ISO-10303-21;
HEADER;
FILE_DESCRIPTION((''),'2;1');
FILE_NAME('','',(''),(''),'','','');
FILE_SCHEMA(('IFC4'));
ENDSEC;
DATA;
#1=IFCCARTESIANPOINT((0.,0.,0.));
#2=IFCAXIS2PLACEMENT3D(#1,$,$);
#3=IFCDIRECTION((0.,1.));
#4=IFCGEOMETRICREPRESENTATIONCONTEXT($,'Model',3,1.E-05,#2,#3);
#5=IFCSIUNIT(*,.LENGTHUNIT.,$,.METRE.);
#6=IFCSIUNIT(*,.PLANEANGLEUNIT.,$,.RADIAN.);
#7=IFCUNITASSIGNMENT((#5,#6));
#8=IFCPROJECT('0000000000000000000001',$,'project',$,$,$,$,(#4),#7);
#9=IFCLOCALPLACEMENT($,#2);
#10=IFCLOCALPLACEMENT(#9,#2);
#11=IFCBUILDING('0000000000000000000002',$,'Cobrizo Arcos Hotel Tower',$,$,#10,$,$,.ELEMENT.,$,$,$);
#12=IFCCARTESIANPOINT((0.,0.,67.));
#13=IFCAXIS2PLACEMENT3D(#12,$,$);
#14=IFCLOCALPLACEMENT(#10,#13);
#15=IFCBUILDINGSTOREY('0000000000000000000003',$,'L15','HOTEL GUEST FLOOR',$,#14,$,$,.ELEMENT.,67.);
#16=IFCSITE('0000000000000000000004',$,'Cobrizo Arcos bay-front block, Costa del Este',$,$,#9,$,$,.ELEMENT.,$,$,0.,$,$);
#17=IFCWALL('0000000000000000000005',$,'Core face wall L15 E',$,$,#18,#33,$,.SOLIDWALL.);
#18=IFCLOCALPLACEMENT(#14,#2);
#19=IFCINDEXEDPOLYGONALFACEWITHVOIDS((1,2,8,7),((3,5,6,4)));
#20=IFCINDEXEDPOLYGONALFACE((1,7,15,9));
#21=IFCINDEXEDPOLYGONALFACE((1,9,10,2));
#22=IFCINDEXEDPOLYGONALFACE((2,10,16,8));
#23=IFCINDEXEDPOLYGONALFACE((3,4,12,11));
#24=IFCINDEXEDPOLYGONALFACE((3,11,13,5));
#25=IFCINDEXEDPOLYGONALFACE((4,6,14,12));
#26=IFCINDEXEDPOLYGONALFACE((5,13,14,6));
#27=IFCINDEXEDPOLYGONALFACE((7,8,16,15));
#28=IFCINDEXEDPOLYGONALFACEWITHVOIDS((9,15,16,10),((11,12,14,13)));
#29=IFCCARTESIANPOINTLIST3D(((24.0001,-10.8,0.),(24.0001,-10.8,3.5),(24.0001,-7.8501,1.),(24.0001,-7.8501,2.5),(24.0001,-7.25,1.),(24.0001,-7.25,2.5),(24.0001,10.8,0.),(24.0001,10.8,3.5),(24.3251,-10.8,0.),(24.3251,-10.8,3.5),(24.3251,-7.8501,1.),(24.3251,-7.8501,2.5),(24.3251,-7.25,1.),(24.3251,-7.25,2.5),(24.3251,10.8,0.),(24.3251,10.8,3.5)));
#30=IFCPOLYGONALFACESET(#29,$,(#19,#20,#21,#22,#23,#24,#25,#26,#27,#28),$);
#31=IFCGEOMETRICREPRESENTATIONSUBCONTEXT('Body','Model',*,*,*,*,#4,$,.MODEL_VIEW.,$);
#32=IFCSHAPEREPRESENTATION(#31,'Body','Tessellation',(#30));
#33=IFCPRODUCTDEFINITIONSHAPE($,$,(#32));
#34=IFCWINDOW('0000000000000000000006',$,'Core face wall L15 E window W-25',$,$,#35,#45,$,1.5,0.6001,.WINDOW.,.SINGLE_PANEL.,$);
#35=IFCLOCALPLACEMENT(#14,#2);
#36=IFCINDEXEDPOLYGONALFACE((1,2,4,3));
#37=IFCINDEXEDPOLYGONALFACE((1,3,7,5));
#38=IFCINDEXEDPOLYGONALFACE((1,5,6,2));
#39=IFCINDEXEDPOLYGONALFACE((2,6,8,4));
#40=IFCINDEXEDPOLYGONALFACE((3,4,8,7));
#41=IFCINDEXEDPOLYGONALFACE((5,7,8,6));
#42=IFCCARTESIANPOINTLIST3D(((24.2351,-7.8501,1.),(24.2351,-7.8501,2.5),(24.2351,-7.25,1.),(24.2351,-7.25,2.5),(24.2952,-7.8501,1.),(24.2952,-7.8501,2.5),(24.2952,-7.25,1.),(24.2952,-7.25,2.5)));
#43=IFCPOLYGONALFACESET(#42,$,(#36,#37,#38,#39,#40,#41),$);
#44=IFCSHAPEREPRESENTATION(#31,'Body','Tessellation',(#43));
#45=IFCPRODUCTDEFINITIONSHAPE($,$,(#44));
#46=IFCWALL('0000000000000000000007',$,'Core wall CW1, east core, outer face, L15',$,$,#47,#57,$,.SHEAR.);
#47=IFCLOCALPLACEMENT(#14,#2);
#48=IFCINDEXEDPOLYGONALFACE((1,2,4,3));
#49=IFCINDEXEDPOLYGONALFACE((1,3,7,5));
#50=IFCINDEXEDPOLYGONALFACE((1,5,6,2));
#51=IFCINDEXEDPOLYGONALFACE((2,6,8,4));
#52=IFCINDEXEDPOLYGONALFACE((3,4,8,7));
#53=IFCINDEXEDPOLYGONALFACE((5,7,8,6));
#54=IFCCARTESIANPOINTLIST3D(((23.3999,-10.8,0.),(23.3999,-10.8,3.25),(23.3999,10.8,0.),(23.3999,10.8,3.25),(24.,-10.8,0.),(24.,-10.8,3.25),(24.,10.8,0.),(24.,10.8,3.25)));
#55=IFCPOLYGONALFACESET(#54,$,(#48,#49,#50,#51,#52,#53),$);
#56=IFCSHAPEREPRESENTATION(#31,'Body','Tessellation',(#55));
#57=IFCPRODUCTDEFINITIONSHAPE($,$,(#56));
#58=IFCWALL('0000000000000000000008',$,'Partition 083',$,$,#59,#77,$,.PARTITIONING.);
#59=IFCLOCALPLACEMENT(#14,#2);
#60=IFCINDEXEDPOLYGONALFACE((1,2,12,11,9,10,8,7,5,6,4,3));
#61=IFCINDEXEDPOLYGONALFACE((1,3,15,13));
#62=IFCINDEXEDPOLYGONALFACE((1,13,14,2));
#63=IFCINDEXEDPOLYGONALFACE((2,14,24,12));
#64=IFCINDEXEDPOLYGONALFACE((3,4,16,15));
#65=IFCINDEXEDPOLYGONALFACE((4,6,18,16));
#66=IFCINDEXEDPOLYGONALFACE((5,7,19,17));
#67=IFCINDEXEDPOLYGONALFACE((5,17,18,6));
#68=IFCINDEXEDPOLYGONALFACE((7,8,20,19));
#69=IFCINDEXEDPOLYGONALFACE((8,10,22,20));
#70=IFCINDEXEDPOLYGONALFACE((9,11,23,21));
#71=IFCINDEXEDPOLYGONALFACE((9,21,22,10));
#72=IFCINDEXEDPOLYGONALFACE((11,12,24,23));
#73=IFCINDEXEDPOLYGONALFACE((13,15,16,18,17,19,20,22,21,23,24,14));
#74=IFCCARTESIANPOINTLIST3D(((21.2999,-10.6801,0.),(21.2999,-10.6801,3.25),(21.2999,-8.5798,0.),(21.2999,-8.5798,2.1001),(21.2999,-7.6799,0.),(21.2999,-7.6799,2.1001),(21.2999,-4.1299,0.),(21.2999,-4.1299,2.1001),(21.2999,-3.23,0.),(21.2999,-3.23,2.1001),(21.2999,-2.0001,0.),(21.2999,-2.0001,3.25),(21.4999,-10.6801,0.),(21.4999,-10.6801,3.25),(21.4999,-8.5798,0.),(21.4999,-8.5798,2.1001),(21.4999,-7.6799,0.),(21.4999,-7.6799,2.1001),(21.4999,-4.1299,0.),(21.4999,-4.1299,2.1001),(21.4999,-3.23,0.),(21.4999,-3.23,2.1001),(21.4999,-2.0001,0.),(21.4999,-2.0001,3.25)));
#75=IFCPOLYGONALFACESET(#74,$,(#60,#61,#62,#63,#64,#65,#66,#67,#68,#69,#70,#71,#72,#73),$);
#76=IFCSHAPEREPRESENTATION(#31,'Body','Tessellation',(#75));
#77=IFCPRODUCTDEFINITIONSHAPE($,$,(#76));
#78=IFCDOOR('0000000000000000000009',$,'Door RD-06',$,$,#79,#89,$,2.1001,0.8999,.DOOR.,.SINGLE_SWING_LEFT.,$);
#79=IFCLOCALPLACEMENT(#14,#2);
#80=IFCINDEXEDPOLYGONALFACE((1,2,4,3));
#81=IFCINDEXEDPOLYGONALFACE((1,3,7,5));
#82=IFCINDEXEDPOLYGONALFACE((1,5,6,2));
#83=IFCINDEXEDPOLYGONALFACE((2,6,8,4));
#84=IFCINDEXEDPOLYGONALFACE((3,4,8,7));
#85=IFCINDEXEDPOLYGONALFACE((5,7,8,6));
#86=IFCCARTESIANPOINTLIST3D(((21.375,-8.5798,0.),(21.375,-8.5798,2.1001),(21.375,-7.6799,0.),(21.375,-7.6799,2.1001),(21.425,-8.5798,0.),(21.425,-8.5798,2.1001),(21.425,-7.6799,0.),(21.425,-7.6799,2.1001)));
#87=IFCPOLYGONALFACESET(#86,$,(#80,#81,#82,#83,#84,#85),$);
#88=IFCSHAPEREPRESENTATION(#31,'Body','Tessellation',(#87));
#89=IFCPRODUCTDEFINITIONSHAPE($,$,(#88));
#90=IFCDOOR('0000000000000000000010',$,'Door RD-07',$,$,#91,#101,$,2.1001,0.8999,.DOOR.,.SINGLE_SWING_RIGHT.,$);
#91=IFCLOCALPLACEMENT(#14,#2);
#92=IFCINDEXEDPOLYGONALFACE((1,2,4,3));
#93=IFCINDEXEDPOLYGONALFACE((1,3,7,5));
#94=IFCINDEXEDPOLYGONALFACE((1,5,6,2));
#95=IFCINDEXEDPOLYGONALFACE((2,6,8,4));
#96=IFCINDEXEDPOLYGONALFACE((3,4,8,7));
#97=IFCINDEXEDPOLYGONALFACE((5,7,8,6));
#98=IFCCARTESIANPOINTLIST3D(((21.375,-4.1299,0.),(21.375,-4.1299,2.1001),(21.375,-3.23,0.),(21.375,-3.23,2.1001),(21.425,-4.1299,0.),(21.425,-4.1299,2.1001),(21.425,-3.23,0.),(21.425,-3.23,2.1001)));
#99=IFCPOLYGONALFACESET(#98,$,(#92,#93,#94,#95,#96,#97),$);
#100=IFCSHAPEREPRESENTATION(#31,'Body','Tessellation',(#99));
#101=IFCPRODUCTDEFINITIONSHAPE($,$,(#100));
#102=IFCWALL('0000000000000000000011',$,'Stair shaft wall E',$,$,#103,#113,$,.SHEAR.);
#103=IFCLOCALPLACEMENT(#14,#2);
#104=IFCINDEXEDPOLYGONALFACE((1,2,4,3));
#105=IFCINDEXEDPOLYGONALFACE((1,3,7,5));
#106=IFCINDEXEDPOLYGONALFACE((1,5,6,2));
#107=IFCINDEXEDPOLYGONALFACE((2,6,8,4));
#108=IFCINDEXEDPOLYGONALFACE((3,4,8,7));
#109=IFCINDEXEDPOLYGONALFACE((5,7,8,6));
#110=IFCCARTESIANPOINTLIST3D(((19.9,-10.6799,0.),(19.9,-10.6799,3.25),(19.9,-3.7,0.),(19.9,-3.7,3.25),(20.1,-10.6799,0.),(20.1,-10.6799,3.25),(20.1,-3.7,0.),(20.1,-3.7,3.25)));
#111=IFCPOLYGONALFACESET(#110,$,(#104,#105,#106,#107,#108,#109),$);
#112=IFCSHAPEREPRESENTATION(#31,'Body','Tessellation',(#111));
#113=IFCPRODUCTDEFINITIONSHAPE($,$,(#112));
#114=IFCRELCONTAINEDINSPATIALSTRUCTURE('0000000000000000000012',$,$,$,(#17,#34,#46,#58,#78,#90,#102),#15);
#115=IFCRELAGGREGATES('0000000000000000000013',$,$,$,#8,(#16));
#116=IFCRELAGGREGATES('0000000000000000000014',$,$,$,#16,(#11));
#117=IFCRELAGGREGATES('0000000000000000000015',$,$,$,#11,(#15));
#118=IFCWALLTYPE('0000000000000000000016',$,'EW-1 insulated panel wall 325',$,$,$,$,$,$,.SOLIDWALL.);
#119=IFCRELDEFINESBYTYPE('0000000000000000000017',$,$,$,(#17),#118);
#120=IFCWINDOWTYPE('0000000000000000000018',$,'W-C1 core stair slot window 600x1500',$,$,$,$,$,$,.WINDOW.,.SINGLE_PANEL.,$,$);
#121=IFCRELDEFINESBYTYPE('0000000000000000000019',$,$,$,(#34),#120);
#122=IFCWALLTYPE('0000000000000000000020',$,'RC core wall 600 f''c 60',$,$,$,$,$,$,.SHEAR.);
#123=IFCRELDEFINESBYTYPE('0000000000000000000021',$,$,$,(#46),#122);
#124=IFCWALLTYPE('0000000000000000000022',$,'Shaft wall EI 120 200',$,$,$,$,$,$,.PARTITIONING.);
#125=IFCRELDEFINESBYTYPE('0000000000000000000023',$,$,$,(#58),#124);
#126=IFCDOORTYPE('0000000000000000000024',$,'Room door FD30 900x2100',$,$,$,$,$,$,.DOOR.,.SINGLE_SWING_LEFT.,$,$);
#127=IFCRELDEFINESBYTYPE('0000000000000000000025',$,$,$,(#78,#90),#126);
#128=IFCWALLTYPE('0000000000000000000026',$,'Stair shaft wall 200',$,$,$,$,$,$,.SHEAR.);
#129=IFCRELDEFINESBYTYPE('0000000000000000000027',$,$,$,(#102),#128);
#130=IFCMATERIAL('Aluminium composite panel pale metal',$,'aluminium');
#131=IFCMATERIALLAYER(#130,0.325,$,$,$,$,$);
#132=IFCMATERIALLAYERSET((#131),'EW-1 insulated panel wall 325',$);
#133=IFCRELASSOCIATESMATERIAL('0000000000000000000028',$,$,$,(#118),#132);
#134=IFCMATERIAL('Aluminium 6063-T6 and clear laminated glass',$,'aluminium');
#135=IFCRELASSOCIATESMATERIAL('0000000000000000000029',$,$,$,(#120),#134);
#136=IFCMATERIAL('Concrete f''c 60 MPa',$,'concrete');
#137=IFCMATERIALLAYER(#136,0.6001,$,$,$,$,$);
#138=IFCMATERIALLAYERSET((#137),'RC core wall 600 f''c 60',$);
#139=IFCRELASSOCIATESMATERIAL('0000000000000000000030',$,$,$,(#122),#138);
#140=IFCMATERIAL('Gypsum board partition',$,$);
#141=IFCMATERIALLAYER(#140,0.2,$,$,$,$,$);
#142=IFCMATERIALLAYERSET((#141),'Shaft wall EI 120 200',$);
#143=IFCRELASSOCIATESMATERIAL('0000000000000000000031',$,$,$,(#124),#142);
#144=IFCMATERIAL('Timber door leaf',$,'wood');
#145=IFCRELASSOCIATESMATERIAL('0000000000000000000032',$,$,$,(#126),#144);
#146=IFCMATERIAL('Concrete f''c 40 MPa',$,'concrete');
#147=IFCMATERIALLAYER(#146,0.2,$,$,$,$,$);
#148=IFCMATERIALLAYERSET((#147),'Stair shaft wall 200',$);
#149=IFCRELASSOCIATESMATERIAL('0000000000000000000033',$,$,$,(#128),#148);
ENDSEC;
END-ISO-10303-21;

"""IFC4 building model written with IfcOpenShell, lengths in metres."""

from ifc_helpers import new_model, si_unit, direction, frame, frame_2d, origin, place, context, subcontext, project, spatial, rectangle, extrude, material, layer, layer_set, type_object, element, fill, save


model = new_model("IFC4")

# Units and contexts
model_context = context("Model", 3, precision=1e-05, world=origin(), true_north=direction((0.0, 1.0)))
body_context = subcontext(model_context, "Body", "Model", "MODEL_VIEW")
ifc_project = project(units=[si_unit("LENGTHUNIT", "METRE"), si_unit("PLANEANGLEUNIT", "RADIAN")], contexts=[model_context])

# Site, building, storey
site_placement = place(None, origin())
site = spatial("IfcSite", under=ifc_project, at=site_placement, Name="Cobrizo Arcos bay-front block, Costa del Este", CompositionType="ELEMENT", RefElevation=0.0)
building_placement = place(site_placement, origin())
building = spatial("IfcBuilding", under=site, at=building_placement, Name="Cobrizo Arcos Hotel Tower", CompositionType="ELEMENT")
storey_placement = place(building_placement, frame((0.0, 0.0, 67.0)))
storey = spatial("IfcBuildingStorey", under=building, at=storey_placement, Name="L15", Description="HOTEL GUEST FLOOR", CompositionType="ELEMENT", Elevation=67.0)

# Shared definitions
ifc_material_1 = material(Name="Aluminium composite panel pale metal", Category="aluminium")

# Wall, opening, window
ifc_layer_1 = layer(ifc_material_1, 0.325)
ifc_layer_set_1 = layer_set([ifc_layer_1], Name="EW-1 insulated panel wall 325")
wall_type_1 = type_object("IfcWallType", Name="EW-1 insulated panel wall 325", PredefinedType="SOLIDWALL", material=ifc_layer_set_1)
wall_1_placement = place(storey_placement, frame((24.1626, -10.8, 0.0), z_axis=(0.0, 0.0, 1.0), x_axis=(0.0, 1.0, 0.0)))
wall_1 = element("IfcWall", 1, at=wall_1_placement, inside=storey, type_object=wall_type_1, Name="Core face wall L15 E", PredefinedType="SOLIDWALL", context=body_context, shape_type="SweptSolid", body=[
    extrude(rectangle(XDim=21.6001, YDim=0.325, at=frame_2d((10.8, 0.0))), origin(), (0.0, 0.0, 1.0), 3.5),
])
opening_1_placement = place(wall_1_placement, frame((2.95, 0.0, 1.0)))
opening_1 = element("IfcOpeningElement", 2, at=opening_1_placement, cuts=wall_1, PredefinedType="OPENING", context=body_context, shape_type="SweptSolid", body=[
    extrude(rectangle(XDim=0.6001, YDim=1.5, at=frame_2d((0.3, 0.75))), frame((0.0, 0.1746, 0.0), z_axis=(0.0, -1.0, 0.0), x_axis=(1.0, 0.0, 0.0)), (0.0, 0.0, 1.0), 0.3489),
])
ifc_material_2 = material(Name="Aluminium 6063-T6 and clear laminated glass", Category="aluminium")
window_type = type_object("IfcWindowType", Name="W-C1 core stair slot window 600x1500", PartitioningType="SINGLE_PANEL", PredefinedType="WINDOW", material=ifc_material_2)
window_placement = place(opening_1_placement, origin())
window = element("IfcWindow", 3, at=window_placement, inside=storey, type_object=window_type, Name="Core face wall L15 E window W-25", OverallHeight=1.5, OverallWidth=0.6001, PartitioningType="SINGLE_PANEL", PredefinedType="WINDOW", context=body_context, shape_type="SweptSolid", body=[
    extrude(rectangle(XDim=0.6001, YDim=1.5, at=frame_2d((0.3, 0.75))), frame((0.0, -0.0725, 0.0), z_axis=(0.0, -1.0, 0.0), x_axis=(1.0, 0.0, 0.0)), (0.0, 0.0, 1.0), 0.0601),
])
fill(opening_1, window)

# Wall
ifc_material_3 = material(Name="Concrete f'c 60 MPa", Category="concrete")
ifc_layer_2 = layer(ifc_material_3, 0.6001)
ifc_layer_set_2 = layer_set([ifc_layer_2], Name="RC core wall 600 f'c 60")
wall_type_2 = type_object("IfcWallType", Name="RC core wall 600 f'c 60", PredefinedType="SHEAR", material=ifc_layer_set_2)
wall_2_placement = place(storey_placement, frame((23.7, -10.8, 0.0), z_axis=(0.0, 0.0, 1.0), x_axis=(0.0, 1.0, 0.0)))
element("IfcWall", 4, at=wall_2_placement, inside=storey, type_object=wall_type_2, Name="Core wall CW1, east core, outer face, L15", PredefinedType="SHEAR", context=body_context, shape_type="SweptSolid", body=[
    extrude(rectangle(XDim=21.6001, YDim=0.6001, at=frame_2d((10.8, 0.0))), origin(), (0.0, 0.0, 1.0), 3.25),
])

# Wall, openings, doors
ifc_material_4 = material(Name="Gypsum board partition")
ifc_layer_3 = layer(ifc_material_4, 0.2)
ifc_layer_set_3 = layer_set([ifc_layer_3], Name="Shaft wall EI 120 200")
wall_type_3 = type_object("IfcWallType", Name="Shaft wall EI 120 200", PredefinedType="PARTITIONING", material=ifc_layer_set_3)
wall_3_placement = place(storey_placement, frame((21.3999, -10.6799, 0.0), z_axis=(0.0, 0.0, 1.0), x_axis=(0.0, 1.0, 0.0)))
wall_3 = element("IfcWall", 5, at=wall_3_placement, inside=storey, type_object=wall_type_3, Name="Partition 083", PredefinedType="PARTITIONING", context=body_context, shape_type="SweptSolid", body=[
    extrude(rectangle(XDim=8.6799, YDim=0.2, at=frame_2d((4.3398, 0.0))), origin(), (0.0, 0.0, 1.0), 3.25),
])
opening_2_placement = place(wall_3_placement, frame((2.1001, 0.0, 0.0)))
opening_2 = element("IfcOpeningElement", 6, at=opening_2_placement, cuts=wall_3, PredefinedType="OPENING", context=body_context, shape_type="SweptSolid", body=[
    extrude(rectangle(XDim=0.8999, YDim=2.1001, at=frame_2d((0.45, 1.05))), frame((0.0, 0.1121, 0.0), z_axis=(0.0, -1.0, 0.0), x_axis=(1.0, 0.0, 0.0)), (0.0, 0.0, 1.0), 0.2239),
])
opening_3_placement = place(wall_3_placement, frame((6.55, 0.0, 0.0)))
opening_3 = element("IfcOpeningElement", 7, at=opening_3_placement, cuts=wall_3, PredefinedType="OPENING", context=body_context, shape_type="SweptSolid", body=[
    extrude(rectangle(XDim=0.8999, YDim=2.1001, at=frame_2d((0.45, 1.05))), frame((0.0, 0.1121, 0.0), z_axis=(0.0, -1.0, 0.0), x_axis=(1.0, 0.0, 0.0)), (0.0, 0.0, 1.0), 0.2239),
])
ifc_material_5 = material(Name="Timber door leaf", Category="wood")
door_type = type_object("IfcDoorType", Name="Room door FD30 900x2100", OperationType="SINGLE_SWING_LEFT", PredefinedType="DOOR", material=ifc_material_5)
door_1_placement = place(opening_2_placement, origin())
door_1 = element("IfcDoor", 8, at=door_1_placement, inside=storey, type_object=door_type, Name="Door RD-06", OperationType="SINGLE_SWING_LEFT", OverallHeight=2.1001, OverallWidth=0.8999, PredefinedType="DOOR", context=body_context, shape_type="SweptSolid", body=[
    extrude(rectangle(XDim=0.8999, YDim=2.1001, at=frame_2d((0.45, 1.05))), frame((0.0, 0.0249, 0.0), z_axis=(0.0, -1.0, 0.0), x_axis=(1.0, 0.0, 0.0)), (0.0, 0.0, 1.0), 0.05),
])
fill(opening_2, door_1)
door_2_placement = place(opening_3_placement, origin())
door_2 = element("IfcDoor", 9, at=door_2_placement, inside=storey, type_object=door_type, Name="Door RD-07", OperationType="SINGLE_SWING_RIGHT", OverallHeight=2.1001, OverallWidth=0.8999, PredefinedType="DOOR", context=body_context, shape_type="SweptSolid", body=[
    extrude(rectangle(XDim=0.8999, YDim=2.1001, at=frame_2d((0.45, 1.05))), frame((0.0, 0.0249, 0.0), z_axis=(0.0, -1.0, 0.0), x_axis=(1.0, 0.0, 0.0)), (0.0, 0.0, 1.0), 0.05),
])
fill(opening_3, door_2)

# Wall
ifc_material_6 = material(Name="Concrete f'c 40 MPa", Category="concrete")
ifc_layer_4 = layer(ifc_material_6, 0.2)
ifc_layer_set_4 = layer_set([ifc_layer_4], Name="Stair shaft wall 200")
wall_type_4 = type_object("IfcWallType", Name="Stair shaft wall 200", PredefinedType="SHEAR", material=ifc_layer_set_4)
wall_4_placement = place(storey_placement, frame((20.0, -10.6799, 0.0), z_axis=(0.0, 0.0, 1.0), x_axis=(0.0, 1.0, 0.0)))
element("IfcWall", 10, at=wall_4_placement, inside=storey, type_object=wall_type_4, Name="Stair shaft wall E", PredefinedType="SHEAR", context=body_context, shape_type="SweptSolid", body=[
    extrude(rectangle(XDim=6.98, YDim=0.2, at=frame_2d((3.49, 0.0))), origin(), (0.0, 0.0, 1.0), 3.25),
])

save(model, "model.ifc")
